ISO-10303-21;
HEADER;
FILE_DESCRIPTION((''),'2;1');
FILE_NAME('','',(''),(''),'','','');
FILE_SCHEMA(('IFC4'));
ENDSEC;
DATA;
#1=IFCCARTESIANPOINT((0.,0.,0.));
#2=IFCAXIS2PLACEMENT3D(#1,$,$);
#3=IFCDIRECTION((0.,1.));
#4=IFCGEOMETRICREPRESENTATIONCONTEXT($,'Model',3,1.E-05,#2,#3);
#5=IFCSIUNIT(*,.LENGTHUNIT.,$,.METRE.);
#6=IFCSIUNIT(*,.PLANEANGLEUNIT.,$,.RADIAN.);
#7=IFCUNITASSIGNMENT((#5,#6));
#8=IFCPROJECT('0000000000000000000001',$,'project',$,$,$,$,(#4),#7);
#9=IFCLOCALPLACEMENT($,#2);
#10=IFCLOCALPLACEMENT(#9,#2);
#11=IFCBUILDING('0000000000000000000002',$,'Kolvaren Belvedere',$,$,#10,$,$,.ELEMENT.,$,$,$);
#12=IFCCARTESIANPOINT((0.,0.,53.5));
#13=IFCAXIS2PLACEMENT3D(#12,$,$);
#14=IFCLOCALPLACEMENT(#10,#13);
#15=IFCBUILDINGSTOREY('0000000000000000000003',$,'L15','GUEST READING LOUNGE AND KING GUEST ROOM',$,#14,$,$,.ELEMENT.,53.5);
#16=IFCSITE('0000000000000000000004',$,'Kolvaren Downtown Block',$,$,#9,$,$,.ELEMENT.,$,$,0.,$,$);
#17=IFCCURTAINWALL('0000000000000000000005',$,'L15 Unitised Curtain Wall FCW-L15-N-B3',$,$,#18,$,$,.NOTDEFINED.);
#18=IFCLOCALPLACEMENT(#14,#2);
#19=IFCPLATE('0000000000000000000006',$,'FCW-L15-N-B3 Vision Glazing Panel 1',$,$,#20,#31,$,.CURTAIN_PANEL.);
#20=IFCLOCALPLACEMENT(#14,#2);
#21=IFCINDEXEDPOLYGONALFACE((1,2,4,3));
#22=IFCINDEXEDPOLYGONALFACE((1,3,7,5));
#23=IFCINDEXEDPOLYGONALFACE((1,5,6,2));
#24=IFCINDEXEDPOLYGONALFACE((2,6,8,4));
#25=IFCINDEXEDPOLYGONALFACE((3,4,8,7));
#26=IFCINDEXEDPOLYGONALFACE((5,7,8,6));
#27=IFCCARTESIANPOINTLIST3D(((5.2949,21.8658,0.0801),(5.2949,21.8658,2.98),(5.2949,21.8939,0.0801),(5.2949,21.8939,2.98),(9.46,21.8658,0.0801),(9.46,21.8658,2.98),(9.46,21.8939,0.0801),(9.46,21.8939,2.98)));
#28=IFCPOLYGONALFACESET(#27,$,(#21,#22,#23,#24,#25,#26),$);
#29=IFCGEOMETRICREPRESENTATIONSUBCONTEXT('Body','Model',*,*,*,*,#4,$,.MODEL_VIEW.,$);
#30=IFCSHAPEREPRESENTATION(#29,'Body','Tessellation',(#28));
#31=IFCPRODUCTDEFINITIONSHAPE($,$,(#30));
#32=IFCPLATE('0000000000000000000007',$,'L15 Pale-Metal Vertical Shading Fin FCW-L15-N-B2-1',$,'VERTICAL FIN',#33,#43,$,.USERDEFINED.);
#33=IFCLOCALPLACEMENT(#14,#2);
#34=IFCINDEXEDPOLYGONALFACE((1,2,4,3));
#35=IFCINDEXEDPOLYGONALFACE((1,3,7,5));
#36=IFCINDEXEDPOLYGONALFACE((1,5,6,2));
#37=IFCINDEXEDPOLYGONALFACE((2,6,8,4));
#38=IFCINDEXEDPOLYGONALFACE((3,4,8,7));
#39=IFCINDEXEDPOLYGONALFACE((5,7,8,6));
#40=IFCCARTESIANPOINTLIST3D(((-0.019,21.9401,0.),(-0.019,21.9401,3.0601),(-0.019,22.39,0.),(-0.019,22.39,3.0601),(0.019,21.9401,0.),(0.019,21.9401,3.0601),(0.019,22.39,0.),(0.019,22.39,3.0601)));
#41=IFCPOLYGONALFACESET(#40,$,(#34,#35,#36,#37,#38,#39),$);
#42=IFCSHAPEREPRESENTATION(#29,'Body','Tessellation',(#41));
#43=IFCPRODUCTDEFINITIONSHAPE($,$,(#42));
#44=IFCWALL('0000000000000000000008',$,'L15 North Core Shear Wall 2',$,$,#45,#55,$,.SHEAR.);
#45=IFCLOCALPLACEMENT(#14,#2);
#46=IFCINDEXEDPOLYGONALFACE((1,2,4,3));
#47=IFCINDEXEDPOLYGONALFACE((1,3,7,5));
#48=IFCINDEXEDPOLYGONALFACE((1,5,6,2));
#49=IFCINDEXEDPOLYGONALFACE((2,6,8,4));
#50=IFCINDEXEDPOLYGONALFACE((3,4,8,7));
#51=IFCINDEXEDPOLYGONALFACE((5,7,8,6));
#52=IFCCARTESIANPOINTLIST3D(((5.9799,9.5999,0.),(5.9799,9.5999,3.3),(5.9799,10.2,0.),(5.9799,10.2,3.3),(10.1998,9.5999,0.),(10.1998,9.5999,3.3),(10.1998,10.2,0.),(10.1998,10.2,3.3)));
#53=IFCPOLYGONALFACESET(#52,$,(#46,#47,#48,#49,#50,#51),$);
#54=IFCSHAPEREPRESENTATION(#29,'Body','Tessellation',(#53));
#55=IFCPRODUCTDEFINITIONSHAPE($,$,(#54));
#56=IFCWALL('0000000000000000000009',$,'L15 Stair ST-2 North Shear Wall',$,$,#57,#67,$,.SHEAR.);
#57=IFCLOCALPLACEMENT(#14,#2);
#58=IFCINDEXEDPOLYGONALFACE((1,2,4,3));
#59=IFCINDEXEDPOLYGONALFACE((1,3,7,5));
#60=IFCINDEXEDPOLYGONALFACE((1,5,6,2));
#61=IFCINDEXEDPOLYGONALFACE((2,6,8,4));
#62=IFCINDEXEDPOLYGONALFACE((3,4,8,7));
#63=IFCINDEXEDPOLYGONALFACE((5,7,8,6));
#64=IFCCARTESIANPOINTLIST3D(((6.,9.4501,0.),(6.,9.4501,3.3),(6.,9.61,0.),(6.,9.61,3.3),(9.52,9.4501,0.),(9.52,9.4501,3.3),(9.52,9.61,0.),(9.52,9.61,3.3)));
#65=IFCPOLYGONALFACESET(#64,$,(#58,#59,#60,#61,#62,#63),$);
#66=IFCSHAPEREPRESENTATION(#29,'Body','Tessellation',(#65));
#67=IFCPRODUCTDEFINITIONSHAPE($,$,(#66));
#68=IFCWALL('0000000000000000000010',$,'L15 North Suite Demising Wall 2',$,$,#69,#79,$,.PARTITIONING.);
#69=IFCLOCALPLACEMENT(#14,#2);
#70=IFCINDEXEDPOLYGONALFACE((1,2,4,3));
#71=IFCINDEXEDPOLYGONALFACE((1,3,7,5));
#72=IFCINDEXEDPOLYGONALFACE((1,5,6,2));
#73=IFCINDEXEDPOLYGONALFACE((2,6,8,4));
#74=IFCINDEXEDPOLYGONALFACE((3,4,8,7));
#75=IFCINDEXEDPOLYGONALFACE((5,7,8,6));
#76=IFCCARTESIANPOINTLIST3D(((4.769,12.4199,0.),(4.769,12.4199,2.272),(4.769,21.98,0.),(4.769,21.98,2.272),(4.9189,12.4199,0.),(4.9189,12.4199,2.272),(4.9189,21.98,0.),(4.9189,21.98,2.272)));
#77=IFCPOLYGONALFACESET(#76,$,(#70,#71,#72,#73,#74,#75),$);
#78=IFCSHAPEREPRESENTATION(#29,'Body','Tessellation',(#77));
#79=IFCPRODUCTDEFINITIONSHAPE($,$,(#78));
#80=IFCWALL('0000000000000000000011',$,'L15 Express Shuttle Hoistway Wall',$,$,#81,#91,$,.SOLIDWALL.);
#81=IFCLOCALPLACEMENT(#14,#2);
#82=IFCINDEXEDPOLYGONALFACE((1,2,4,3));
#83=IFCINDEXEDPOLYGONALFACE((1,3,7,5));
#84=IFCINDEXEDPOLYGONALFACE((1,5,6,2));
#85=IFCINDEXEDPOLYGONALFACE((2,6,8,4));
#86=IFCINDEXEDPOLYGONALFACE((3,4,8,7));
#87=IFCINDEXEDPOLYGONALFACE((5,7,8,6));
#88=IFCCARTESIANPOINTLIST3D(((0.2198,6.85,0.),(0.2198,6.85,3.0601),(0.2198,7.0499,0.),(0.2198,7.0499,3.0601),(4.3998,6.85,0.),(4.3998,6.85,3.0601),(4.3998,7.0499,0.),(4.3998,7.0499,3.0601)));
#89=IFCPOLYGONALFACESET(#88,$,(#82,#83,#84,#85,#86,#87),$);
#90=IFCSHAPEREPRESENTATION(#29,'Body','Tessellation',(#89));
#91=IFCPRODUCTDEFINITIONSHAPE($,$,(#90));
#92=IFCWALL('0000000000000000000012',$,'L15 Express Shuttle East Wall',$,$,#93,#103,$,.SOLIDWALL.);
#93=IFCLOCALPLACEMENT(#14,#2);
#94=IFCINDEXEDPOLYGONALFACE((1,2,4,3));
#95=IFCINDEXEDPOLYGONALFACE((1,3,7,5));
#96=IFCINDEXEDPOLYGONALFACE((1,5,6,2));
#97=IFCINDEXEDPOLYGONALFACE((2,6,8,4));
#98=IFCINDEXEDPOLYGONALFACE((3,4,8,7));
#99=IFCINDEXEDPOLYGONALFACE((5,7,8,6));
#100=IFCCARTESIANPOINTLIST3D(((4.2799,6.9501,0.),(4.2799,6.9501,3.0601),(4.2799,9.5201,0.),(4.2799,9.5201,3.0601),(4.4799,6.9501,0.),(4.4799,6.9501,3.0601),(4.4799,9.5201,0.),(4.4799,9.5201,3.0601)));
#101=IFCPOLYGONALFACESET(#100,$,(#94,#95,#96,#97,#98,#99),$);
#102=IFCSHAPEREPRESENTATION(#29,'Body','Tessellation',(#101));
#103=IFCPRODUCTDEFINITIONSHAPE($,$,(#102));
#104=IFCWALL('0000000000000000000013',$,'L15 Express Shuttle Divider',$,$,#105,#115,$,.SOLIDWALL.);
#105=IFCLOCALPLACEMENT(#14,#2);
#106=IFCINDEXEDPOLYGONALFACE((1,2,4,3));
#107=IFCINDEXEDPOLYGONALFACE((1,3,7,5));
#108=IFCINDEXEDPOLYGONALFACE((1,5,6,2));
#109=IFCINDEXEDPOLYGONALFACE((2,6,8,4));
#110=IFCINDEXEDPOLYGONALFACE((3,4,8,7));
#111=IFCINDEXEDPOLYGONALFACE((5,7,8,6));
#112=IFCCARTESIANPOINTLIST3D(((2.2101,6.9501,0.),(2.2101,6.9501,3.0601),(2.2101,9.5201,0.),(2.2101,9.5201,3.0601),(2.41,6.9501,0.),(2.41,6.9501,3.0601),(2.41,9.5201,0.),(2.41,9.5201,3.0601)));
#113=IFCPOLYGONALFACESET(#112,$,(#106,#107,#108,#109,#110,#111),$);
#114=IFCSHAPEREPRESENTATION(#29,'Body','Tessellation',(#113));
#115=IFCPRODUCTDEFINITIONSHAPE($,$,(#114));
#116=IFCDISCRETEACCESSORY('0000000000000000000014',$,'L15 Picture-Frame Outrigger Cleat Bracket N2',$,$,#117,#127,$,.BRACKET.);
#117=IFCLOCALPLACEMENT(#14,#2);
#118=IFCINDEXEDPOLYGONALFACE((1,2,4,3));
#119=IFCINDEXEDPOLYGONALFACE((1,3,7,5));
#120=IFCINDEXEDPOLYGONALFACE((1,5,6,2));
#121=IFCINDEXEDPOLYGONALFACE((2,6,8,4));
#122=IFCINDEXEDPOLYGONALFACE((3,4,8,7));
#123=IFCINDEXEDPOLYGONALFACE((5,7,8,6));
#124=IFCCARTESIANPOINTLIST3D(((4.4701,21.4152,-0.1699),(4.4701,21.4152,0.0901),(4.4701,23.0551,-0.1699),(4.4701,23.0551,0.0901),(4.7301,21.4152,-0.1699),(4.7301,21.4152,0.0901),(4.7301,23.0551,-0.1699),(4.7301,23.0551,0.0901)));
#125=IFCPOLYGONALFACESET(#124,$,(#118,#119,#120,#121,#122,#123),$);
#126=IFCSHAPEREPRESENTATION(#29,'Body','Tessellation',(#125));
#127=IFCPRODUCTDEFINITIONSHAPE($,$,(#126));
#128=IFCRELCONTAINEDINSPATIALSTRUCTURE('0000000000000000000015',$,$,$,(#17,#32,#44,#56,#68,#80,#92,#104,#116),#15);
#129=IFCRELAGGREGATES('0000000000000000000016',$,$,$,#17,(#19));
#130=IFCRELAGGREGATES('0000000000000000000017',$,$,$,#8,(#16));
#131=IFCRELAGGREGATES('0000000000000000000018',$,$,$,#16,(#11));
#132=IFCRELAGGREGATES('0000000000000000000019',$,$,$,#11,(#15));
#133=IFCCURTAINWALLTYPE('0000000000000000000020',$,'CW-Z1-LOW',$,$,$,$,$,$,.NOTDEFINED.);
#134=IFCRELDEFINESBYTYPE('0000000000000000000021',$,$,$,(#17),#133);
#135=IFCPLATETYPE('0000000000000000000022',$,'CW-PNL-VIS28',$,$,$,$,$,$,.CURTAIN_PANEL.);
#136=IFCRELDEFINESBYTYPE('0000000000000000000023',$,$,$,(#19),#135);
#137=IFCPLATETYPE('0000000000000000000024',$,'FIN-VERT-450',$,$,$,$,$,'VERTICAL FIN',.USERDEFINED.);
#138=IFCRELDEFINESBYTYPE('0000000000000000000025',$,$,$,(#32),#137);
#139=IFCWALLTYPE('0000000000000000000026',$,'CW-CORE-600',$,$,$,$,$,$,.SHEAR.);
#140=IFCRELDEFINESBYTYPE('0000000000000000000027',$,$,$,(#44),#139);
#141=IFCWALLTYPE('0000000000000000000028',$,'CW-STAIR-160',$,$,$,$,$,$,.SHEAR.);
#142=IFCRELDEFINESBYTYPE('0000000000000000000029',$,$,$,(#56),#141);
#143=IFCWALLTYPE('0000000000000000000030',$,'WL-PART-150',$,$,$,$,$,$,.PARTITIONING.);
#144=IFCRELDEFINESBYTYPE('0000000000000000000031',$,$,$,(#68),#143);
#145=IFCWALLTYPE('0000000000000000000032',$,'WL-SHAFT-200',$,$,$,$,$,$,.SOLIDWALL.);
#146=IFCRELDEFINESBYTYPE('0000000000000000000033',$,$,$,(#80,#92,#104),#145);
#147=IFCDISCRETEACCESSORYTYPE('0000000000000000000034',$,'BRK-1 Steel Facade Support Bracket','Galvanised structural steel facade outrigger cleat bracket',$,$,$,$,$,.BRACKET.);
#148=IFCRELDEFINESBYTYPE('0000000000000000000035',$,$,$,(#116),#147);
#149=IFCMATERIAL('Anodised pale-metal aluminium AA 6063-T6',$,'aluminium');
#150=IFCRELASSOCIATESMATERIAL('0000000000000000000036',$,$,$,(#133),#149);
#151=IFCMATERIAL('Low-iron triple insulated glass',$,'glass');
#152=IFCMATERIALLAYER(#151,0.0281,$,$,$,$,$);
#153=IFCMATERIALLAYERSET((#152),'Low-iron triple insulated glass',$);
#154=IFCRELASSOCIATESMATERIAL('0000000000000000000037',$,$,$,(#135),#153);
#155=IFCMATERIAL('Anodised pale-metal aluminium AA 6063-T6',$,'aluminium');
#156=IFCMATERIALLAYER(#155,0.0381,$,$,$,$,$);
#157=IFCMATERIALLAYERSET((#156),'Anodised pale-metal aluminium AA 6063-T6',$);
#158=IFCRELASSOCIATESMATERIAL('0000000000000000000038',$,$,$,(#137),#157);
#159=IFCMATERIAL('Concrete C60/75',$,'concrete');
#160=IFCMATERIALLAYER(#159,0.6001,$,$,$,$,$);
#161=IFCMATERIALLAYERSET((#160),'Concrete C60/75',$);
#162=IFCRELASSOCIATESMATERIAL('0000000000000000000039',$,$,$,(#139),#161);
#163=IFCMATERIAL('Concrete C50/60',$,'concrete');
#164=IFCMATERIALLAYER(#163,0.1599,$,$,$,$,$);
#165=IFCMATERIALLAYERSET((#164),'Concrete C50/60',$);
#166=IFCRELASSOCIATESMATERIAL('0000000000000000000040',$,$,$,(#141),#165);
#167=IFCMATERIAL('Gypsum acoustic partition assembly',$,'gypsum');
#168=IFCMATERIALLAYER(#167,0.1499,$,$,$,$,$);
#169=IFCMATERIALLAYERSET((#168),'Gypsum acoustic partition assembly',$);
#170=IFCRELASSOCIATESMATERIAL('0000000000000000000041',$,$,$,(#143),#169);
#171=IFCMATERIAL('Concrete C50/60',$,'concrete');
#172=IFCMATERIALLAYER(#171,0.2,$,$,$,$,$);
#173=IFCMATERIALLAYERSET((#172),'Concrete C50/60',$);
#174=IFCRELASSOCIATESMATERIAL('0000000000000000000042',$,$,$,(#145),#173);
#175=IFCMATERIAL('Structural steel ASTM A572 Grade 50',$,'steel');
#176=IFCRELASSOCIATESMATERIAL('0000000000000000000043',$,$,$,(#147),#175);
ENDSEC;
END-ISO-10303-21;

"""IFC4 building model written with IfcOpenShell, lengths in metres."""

from ifc_helpers import new_model, si_unit, direction, frame, frame_2d, origin, origin_2d, place, context, subcontext, project, spatial, rectangle, extrude, material, layer, layer_set, type_object, element, aggregate, save


model = new_model("IFC4")

# Units and contexts
model_context = context("Model", 3, precision=1e-05, world=origin(), true_north=direction((0.0, 1.0)))
body_context = subcontext(model_context, "Body", "Model", "MODEL_VIEW")
ifc_project = project(units=[si_unit("LENGTHUNIT", "METRE"), si_unit("PLANEANGLEUNIT", "RADIAN")], contexts=[model_context])

# Site, building, storey
site_placement = place(None, origin())
site = spatial("IfcSite", under=ifc_project, at=site_placement, Name="Kolvaren Downtown Block", CompositionType="ELEMENT", RefElevation=0.0)
building_placement = place(site_placement, origin())
building = spatial("IfcBuilding", under=site, at=building_placement, Name="Kolvaren Belvedere", CompositionType="ELEMENT")
storey_placement = place(building_placement, frame((0.0, 0.0, 53.5)))
storey = spatial("IfcBuildingStorey", under=building, at=storey_placement, Name="L15", Description="GUEST READING LOUNGE AND KING GUEST ROOM", CompositionType="ELEMENT", Elevation=53.5)

# Curtain wall
ifc_material_1 = material(Name="Anodised pale-metal aluminium AA 6063-T6", Category="aluminium")
curtain_wall_type = type_object("IfcCurtainWallType", Name="CW-Z1-LOW", PredefinedType="NOTDEFINED", material=ifc_material_1)
curtain_wall_1_placement = place(storey_placement, origin())
curtain_wall_1 = element("IfcCurtainWall", 1, at=curtain_wall_1_placement, inside=storey, type_object=curtain_wall_type, Name="L15 Unitised Curtain Wall FCW-L15-N-B3", PredefinedType="NOTDEFINED")

# Plates
ifc_material_2 = material(Name="Low-iron triple insulated glass", Category="glass")
ifc_layer_1 = layer(ifc_material_2, 0.0281)
ifc_layer_set_1 = layer_set([ifc_layer_1], Name="Low-iron triple insulated glass")
plate_type_1 = type_object("IfcPlateType", Name="CW-PNL-VIS28", PredefinedType="CURTAIN_PANEL", material=ifc_layer_set_1)
plate_1_placement = place(storey_placement, frame((7.3774, 21.8799, 0.0801), z_axis=(0.0, 0.0, 1.0), x_axis=(1.0, 0.0, 0.0)))
plate_1 = element("IfcPlate", 2, at=plate_1_placement, type_object=plate_type_1, Name="FCW-L15-N-B3 Vision Glazing Panel 1", PredefinedType="CURTAIN_PANEL", context=body_context, shape_type="SweptSolid", body=[
    extrude(rectangle(XDim=4.165, YDim=0.0281, at=origin_2d()), origin(), (0.0, 0.0, 1.0), 2.8999),
])
aggregate(curtain_wall_1, [plate_1])
ifc_material_3 = material(Name="Anodised pale-metal aluminium AA 6063-T6", Category="aluminium")
ifc_layer_2 = layer(ifc_material_3, 0.0381)
ifc_layer_set_2 = layer_set([ifc_layer_2], Name="Anodised pale-metal aluminium AA 6063-T6")
plate_type_2 = type_object("IfcPlateType", Name="FIN-VERT-450", ElementType="VERTICAL FIN", PredefinedType="USERDEFINED", material=ifc_layer_set_2)
plate_2_placement = place(storey_placement, frame((0.0, 22.165, 0.0), z_axis=(0.0, 0.0, 1.0), x_axis=(0.0, 1.0, 0.0)))
element("IfcPlate", 3, at=plate_2_placement, inside=storey, type_object=plate_type_2, Name="L15 Pale-Metal Vertical Shading Fin FCW-L15-N-B2-1", ObjectType="VERTICAL FIN", PredefinedType="USERDEFINED", context=body_context, shape_type="SweptSolid", body=[
    extrude(rectangle(XDim=0.45, YDim=0.0381, at=origin_2d()), origin(), (0.0, 0.0, 1.0), 3.0601),
])

# Walls
ifc_material_4 = material(Name="Concrete C60/75", Category="concrete")
ifc_layer_3 = layer(ifc_material_4, 0.6001)
ifc_layer_set_3 = layer_set([ifc_layer_3], Name="Concrete C60/75")
wall_type_1 = type_object("IfcWallType", Name="CW-CORE-600", PredefinedType="SHEAR", material=ifc_layer_set_3)
wall_1_placement = place(storey_placement, frame((5.98, 9.8999, 0.0), z_axis=(0.0, 0.0, 1.0), x_axis=(1.0, 0.0, 0.0)))
element("IfcWall", 4, at=wall_1_placement, inside=storey, type_object=wall_type_1, Name="L15 North Core Shear Wall 2", PredefinedType="SHEAR", context=body_context, shape_type="SweptSolid", body=[
    extrude(rectangle(XDim=4.22, YDim=0.6001, at=frame_2d((2.1099, 0.0))), origin(), (0.0, 0.0, 1.0), 3.3),
])
ifc_material_5 = material(Name="Concrete C50/60", Category="concrete")
ifc_layer_4 = layer(ifc_material_5, 0.1599)
ifc_layer_set_4 = layer_set([ifc_layer_4], Name="Concrete C50/60")
wall_type_2 = type_object("IfcWallType", Name="CW-STAIR-160", PredefinedType="SHEAR", material=ifc_layer_set_4)
wall_2_placement = place(storey_placement, frame((6.0, 9.53, 0.0), z_axis=(0.0, 0.0, 1.0), x_axis=(1.0, 0.0, 0.0)))
element("IfcWall", 5, at=wall_2_placement, inside=storey, type_object=wall_type_2, Name="L15 Stair ST-2 North Shear Wall", PredefinedType="SHEAR", context=body_context, shape_type="SweptSolid", body=[
    extrude(rectangle(XDim=3.52, YDim=0.1599, at=frame_2d((1.76, 0.0))), origin(), (0.0, 0.0, 1.0), 3.3),
])
ifc_material_6 = material(Name="Gypsum acoustic partition assembly", Category="gypsum")
ifc_layer_5 = layer(ifc_material_6, 0.1499)
ifc_layer_set_5 = layer_set([ifc_layer_5], Name="Gypsum acoustic partition assembly")
wall_type_3 = type_object("IfcWallType", Name="WL-PART-150", PredefinedType="PARTITIONING", material=ifc_layer_set_5)
wall_3_placement = place(storey_placement, frame((4.844, 12.4199, 0.0), z_axis=(0.0, 0.0, 1.0), x_axis=(0.0, 1.0, 0.0)))
element("IfcWall", 6, at=wall_3_placement, inside=storey, type_object=wall_type_3, Name="L15 North Suite Demising Wall 2", PredefinedType="PARTITIONING", context=body_context, shape_type="SweptSolid", body=[
    extrude(rectangle(XDim=9.5601, YDim=0.1499, at=frame_2d((4.78, 0.0))), origin(), (0.0, 0.0, 1.0), 2.272),
])
ifc_material_7 = material(Name="Concrete C50/60", Category="concrete")
ifc_layer_6 = layer(ifc_material_7, 0.2)
ifc_layer_set_6 = layer_set([ifc_layer_6], Name="Concrete C50/60")
wall_type_4 = type_object("IfcWallType", Name="WL-SHAFT-200", PredefinedType="SOLIDWALL", material=ifc_layer_set_6)
wall_4_placement = place(storey_placement, frame((0.22, 6.95, 0.0), z_axis=(0.0, 0.0, 1.0), x_axis=(1.0, 0.0, 0.0)))
element("IfcWall", 7, at=wall_4_placement, inside=storey, type_object=wall_type_4, Name="L15 Express Shuttle Hoistway Wall", PredefinedType="SOLIDWALL", context=body_context, shape_type="SweptSolid", body=[
    extrude(rectangle(XDim=4.1799, YDim=0.2, at=frame_2d((2.0898, 0.0))), origin(), (0.0, 0.0, 1.0), 3.0601),
])
for number, where, z_axis, x_axis, name in (
    (8, (4.3799, 6.95, 0.0), (0.0, 0.0, 1.0), (0.0, 1.0, 0.0), "L15 Express Shuttle East Wall"),
    (9, (2.3101, 6.95, 0.0), (0.0, 0.0, 1.0), (0.0, 1.0, 0.0), "L15 Express Shuttle Divider"),
):
    element("IfcWall", number, at=place(storey_placement, frame(where, z_axis=z_axis, x_axis=x_axis)), inside=storey, type_object=wall_type_4, Name=name, PredefinedType="SOLIDWALL", context=body_context, shape_type="SweptSolid", body=[
        extrude(rectangle(XDim=2.5701, YDim=0.2, at=frame_2d((1.2852, 0.0))), origin(), (0.0, 0.0, 1.0), 3.0601),
    ])

# Discrete accessory
ifc_material_8 = material(Name="Structural steel ASTM A572 Grade 50", Category="steel")
discrete_accessory_type = type_object("IfcDiscreteAccessoryType", Name="BRK-1 Steel Facade Support Bracket", Description="Galvanised structural steel facade outrigger cleat bracket", PredefinedType="BRACKET", material=ifc_material_8)
discrete_accessory_placement = place(storey_placement, frame((4.6001, 22.2351, -0.1699), z_axis=(0.0, 0.0, 1.0), x_axis=(0.0, 1.0, 0.0)))
element("IfcDiscreteAccessory", 10, at=discrete_accessory_placement, inside=storey, type_object=discrete_accessory_type, Name="L15 Picture-Frame Outrigger Cleat Bracket N2", PredefinedType="BRACKET", context=body_context, shape_type="SweptSolid", body=[
    extrude(rectangle(XDim=1.6399, YDim=0.26, at=origin_2d()), origin(), (0.0, 0.0, 1.0), 0.26),
])

save(model, "model.ifc")
